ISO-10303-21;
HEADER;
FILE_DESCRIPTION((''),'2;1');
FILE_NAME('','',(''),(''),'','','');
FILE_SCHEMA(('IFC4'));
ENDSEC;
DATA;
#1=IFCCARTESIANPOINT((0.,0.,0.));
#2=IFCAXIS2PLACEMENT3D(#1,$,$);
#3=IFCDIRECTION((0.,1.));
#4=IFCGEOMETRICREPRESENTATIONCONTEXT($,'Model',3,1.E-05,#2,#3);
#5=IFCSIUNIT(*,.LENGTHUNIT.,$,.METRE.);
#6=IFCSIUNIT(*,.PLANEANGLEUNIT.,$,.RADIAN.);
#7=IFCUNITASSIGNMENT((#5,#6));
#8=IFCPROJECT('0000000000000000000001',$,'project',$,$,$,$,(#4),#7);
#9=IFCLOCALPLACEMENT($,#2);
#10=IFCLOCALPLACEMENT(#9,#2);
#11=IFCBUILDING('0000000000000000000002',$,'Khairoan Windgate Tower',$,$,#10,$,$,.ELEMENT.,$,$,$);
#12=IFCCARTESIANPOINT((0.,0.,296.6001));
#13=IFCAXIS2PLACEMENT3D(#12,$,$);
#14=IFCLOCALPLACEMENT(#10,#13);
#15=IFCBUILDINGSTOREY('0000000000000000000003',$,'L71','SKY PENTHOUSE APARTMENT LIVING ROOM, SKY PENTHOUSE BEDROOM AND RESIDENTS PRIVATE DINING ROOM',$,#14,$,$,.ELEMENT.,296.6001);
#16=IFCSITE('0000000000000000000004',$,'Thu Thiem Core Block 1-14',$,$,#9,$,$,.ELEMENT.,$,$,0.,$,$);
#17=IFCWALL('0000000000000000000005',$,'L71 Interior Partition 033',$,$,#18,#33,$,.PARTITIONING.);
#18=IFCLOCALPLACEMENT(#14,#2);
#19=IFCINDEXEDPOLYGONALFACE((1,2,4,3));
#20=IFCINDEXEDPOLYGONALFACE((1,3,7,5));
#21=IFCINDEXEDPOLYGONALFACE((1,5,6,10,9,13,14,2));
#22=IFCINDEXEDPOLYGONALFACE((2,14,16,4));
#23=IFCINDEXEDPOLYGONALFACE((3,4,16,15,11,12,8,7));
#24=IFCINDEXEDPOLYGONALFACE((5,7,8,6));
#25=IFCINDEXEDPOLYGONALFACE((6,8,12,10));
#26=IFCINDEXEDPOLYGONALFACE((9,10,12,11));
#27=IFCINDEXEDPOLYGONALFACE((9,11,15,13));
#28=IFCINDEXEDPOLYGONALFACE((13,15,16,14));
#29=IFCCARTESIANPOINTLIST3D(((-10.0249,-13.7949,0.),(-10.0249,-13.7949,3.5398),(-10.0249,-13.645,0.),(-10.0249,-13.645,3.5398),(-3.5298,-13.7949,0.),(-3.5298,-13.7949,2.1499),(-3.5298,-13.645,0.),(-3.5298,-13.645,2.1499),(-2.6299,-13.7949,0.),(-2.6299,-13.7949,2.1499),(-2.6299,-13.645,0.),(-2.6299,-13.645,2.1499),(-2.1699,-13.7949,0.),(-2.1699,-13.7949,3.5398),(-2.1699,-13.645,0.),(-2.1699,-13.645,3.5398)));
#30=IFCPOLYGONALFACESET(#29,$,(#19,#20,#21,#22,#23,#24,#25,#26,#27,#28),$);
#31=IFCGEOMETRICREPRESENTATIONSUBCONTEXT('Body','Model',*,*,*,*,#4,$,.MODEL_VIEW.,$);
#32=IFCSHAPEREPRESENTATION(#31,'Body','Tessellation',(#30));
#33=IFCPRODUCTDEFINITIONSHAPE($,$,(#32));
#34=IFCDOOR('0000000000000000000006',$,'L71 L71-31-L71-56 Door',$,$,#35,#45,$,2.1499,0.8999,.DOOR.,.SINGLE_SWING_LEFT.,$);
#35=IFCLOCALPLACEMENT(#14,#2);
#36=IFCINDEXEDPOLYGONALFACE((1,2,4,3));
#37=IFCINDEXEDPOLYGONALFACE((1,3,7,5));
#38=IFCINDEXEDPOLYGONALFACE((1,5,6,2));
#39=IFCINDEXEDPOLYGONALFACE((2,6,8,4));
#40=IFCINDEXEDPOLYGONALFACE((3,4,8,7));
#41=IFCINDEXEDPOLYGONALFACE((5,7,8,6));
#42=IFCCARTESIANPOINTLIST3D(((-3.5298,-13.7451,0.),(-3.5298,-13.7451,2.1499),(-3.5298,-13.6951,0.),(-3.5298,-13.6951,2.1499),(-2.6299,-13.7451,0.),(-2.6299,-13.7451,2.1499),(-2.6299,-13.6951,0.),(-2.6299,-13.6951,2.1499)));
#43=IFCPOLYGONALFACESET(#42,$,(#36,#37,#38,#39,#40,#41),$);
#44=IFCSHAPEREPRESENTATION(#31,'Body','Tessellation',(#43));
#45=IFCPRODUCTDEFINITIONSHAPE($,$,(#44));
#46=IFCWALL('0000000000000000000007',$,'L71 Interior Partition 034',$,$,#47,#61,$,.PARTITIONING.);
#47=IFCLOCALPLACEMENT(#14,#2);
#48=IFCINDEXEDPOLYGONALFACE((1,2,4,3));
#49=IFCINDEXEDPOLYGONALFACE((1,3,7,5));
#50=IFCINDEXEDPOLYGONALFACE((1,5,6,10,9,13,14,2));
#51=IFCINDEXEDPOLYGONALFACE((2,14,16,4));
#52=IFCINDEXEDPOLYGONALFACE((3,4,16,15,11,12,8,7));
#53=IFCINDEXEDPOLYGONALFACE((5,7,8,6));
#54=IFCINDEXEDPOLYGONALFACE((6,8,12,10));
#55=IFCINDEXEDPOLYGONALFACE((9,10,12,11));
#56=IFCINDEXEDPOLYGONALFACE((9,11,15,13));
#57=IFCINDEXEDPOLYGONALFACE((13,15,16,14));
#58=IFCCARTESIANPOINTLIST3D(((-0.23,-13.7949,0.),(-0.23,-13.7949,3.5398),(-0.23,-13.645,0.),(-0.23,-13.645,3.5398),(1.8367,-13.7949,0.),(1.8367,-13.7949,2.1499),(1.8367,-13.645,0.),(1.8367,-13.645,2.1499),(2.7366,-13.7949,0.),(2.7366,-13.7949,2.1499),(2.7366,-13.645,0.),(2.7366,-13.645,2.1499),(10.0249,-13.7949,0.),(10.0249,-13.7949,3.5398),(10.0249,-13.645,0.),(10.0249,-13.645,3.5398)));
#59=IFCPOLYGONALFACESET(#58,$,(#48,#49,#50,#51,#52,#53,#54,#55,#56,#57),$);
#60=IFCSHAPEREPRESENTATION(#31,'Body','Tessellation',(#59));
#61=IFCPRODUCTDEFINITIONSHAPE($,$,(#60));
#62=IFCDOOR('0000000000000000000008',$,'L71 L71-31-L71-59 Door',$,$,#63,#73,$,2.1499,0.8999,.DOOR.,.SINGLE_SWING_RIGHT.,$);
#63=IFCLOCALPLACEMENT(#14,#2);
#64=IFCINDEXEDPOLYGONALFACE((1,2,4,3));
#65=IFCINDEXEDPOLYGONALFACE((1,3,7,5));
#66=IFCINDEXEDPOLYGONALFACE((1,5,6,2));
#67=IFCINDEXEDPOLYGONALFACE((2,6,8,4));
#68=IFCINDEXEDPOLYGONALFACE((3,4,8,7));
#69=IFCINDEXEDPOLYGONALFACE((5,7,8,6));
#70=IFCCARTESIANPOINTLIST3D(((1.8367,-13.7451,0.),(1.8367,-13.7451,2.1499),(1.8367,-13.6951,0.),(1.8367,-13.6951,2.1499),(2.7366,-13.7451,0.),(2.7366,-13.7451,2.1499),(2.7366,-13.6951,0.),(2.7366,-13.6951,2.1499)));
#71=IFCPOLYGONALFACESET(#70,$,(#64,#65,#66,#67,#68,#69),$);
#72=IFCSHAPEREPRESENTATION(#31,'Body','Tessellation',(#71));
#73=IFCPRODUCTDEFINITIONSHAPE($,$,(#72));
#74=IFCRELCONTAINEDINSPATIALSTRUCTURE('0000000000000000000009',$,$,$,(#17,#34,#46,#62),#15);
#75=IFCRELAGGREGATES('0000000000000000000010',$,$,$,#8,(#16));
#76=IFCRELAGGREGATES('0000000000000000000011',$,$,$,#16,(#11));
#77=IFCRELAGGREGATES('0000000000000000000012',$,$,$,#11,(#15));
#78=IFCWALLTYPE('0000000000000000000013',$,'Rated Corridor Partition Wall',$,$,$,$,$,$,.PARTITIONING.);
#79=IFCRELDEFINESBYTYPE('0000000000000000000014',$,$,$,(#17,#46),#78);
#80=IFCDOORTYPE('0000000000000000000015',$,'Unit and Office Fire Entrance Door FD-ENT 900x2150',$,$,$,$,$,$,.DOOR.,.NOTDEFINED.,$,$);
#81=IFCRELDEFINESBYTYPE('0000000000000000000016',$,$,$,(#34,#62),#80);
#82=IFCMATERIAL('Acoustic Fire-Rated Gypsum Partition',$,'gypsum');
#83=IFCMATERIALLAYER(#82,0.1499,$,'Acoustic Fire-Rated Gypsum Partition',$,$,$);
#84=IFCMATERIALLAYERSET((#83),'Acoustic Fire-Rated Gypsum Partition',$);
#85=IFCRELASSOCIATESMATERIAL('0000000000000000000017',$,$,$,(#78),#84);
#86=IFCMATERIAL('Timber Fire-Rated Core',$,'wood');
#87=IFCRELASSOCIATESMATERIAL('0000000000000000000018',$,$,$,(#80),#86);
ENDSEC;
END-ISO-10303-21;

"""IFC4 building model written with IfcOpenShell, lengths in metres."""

from ifc_helpers import new_model, si_unit, direction, frame, frame_2d, origin, place, context, subcontext, project, spatial, rectangle, extrude, material, layer, layer_set, type_object, element, fill, save


model = new_model("IFC4")

# Units and contexts
model_context = context("Model", 3, precision=1e-05, world=origin(), true_north=direction((0.0, 1.0)))
body_context = subcontext(model_context, "Body", "Model", "MODEL_VIEW")
ifc_project = project(units=[si_unit("LENGTHUNIT", "METRE"), si_unit("PLANEANGLEUNIT", "RADIAN")], contexts=[model_context])

# Site, building, storey
site_placement = place(None, origin())
site = spatial("IfcSite", under=ifc_project, at=site_placement, Name="Thu Thiem Core Block 1-14", CompositionType="ELEMENT", RefElevation=0.0)
building_placement = place(site_placement, origin())
building = spatial("IfcBuilding", under=site, at=building_placement, Name="Khairoan Windgate Tower", CompositionType="ELEMENT")
storey_placement = place(building_placement, frame((0.0, 0.0, 296.6001)))
storey = spatial("IfcBuildingStorey", under=building, at=storey_placement, Name="L71", Description="SKY PENTHOUSE APARTMENT LIVING ROOM, SKY PENTHOUSE BEDROOM AND RESIDENTS PRIVATE DINING ROOM", CompositionType="ELEMENT", Elevation=296.6001)

# Walls, openings, doors
ifc_material_1 = material(Name="Acoustic Fire-Rated Gypsum Partition", Category="gypsum")
ifc_layer_1 = layer(ifc_material_1, 0.1499, Name="Acoustic Fire-Rated Gypsum Partition")
ifc_layer_set_1 = layer_set([ifc_layer_1], Name="Acoustic Fire-Rated Gypsum Partition")
wall_type_1 = type_object("IfcWallType", Name="Rated Corridor Partition Wall", PredefinedType="PARTITIONING", material=ifc_layer_set_1)
ifc_material_2 = material(Name="Timber Fire-Rated Core", Category="wood")
door_type = type_object("IfcDoorType", Name="Unit and Office Fire Entrance Door FD-ENT 900x2150", OperationType="NOTDEFINED", PredefinedType="DOOR", material=ifc_material_2)
wall_1_placement = place(storey_placement, frame((-10.0249, -13.72, 0.0), z_axis=(0.0, 0.0, 1.0), x_axis=(1.0, 0.0, 0.0)))
wall_1 = element("IfcWall", 1, at=wall_1_placement, inside=storey, type_object=wall_type_1, Name="L71 Interior Partition 033", PredefinedType="PARTITIONING", context=body_context, shape_type="SweptSolid", body=[
    extrude(rectangle(XDim=7.855, YDim=0.1499, at=frame_2d((3.9275, 0.0))), origin(), (0.0, 0.0, 1.0), 3.5398),
])
opening_1_placement = place(wall_1_placement, frame((6.4951, 0.0, 0.0)))
opening_1 = element("IfcOpeningElement", 2, at=opening_1_placement, cuts=wall_1, PredefinedType="OPENING", context=body_context, shape_type="SweptSolid", body=[
    extrude(rectangle(XDim=0.8999, YDim=2.1499, at=frame_2d((0.45, 1.075))), frame((0.0, 0.085, 0.0), z_axis=(0.0, -1.0, 0.0), x_axis=(1.0, 0.0, 0.0)), (0.0, 0.0, 1.0), 0.1699),
])
door_1_placement = place(opening_1_placement, origin())
door_1 = element("IfcDoor", 3, at=door_1_placement, inside=storey, type_object=door_type, Name="L71 L71-31-L71-56 Door", OperationType="SINGLE_SWING_LEFT", OverallHeight=2.1499, OverallWidth=0.8999, PredefinedType="DOOR", context=body_context, shape_type="SweptSolid", body=[
    extrude(rectangle(XDim=0.8999, YDim=2.1499, at=frame_2d((0.45, 1.075))), frame((0.0, 0.0249, 0.0), z_axis=(0.0, -1.0, 0.0), x_axis=(1.0, 0.0, 0.0)), (0.0, 0.0, 1.0), 0.05),
])
fill(opening_1, door_1)
wall_2_placement = place(storey_placement, frame((-0.23, -13.72, 0.0), z_axis=(0.0, 0.0, 1.0), x_axis=(1.0, 0.0, 0.0)))
wall_2 = element("IfcWall", 4, at=wall_2_placement, inside=storey, type_object=wall_type_1, Name="L71 Interior Partition 034", PredefinedType="PARTITIONING", context=body_context, shape_type="SweptSolid", body=[
    extrude(rectangle(XDim=10.2549, YDim=0.1499, at=frame_2d((5.1274, 0.0))), origin(), (0.0, 0.0, 1.0), 3.5398),
])
opening_2_placement = place(wall_2_placement, frame((2.0667, 0.0, 0.0)))
opening_2 = element("IfcOpeningElement", 5, at=opening_2_placement, cuts=wall_2, PredefinedType="OPENING", context=body_context, shape_type="SweptSolid", body=[
    extrude(rectangle(XDim=0.8999, YDim=2.1499, at=frame_2d((0.45, 1.075))), frame((0.0, 0.085, 0.0), z_axis=(0.0, -1.0, 0.0), x_axis=(1.0, 0.0, 0.0)), (0.0, 0.0, 1.0), 0.1699),
])
door_2_placement = place(opening_2_placement, origin())
door_2 = element("IfcDoor", 6, at=door_2_placement, inside=storey, type_object=door_type, Name="L71 L71-31-L71-59 Door", OperationType="SINGLE_SWING_RIGHT", OverallHeight=2.1499, OverallWidth=0.8999, PredefinedType="DOOR", context=body_context, shape_type="SweptSolid", body=[
    extrude(rectangle(XDim=0.8999, YDim=2.1499, at=frame_2d((0.45, 1.075))), frame((0.0, 0.0249, 0.0), z_axis=(0.0, -1.0, 0.0), x_axis=(1.0, 0.0, 0.0)), (0.0, 0.0, 1.0), 0.05),
])
fill(opening_2, door_2)

save(model, "model.ifc")
